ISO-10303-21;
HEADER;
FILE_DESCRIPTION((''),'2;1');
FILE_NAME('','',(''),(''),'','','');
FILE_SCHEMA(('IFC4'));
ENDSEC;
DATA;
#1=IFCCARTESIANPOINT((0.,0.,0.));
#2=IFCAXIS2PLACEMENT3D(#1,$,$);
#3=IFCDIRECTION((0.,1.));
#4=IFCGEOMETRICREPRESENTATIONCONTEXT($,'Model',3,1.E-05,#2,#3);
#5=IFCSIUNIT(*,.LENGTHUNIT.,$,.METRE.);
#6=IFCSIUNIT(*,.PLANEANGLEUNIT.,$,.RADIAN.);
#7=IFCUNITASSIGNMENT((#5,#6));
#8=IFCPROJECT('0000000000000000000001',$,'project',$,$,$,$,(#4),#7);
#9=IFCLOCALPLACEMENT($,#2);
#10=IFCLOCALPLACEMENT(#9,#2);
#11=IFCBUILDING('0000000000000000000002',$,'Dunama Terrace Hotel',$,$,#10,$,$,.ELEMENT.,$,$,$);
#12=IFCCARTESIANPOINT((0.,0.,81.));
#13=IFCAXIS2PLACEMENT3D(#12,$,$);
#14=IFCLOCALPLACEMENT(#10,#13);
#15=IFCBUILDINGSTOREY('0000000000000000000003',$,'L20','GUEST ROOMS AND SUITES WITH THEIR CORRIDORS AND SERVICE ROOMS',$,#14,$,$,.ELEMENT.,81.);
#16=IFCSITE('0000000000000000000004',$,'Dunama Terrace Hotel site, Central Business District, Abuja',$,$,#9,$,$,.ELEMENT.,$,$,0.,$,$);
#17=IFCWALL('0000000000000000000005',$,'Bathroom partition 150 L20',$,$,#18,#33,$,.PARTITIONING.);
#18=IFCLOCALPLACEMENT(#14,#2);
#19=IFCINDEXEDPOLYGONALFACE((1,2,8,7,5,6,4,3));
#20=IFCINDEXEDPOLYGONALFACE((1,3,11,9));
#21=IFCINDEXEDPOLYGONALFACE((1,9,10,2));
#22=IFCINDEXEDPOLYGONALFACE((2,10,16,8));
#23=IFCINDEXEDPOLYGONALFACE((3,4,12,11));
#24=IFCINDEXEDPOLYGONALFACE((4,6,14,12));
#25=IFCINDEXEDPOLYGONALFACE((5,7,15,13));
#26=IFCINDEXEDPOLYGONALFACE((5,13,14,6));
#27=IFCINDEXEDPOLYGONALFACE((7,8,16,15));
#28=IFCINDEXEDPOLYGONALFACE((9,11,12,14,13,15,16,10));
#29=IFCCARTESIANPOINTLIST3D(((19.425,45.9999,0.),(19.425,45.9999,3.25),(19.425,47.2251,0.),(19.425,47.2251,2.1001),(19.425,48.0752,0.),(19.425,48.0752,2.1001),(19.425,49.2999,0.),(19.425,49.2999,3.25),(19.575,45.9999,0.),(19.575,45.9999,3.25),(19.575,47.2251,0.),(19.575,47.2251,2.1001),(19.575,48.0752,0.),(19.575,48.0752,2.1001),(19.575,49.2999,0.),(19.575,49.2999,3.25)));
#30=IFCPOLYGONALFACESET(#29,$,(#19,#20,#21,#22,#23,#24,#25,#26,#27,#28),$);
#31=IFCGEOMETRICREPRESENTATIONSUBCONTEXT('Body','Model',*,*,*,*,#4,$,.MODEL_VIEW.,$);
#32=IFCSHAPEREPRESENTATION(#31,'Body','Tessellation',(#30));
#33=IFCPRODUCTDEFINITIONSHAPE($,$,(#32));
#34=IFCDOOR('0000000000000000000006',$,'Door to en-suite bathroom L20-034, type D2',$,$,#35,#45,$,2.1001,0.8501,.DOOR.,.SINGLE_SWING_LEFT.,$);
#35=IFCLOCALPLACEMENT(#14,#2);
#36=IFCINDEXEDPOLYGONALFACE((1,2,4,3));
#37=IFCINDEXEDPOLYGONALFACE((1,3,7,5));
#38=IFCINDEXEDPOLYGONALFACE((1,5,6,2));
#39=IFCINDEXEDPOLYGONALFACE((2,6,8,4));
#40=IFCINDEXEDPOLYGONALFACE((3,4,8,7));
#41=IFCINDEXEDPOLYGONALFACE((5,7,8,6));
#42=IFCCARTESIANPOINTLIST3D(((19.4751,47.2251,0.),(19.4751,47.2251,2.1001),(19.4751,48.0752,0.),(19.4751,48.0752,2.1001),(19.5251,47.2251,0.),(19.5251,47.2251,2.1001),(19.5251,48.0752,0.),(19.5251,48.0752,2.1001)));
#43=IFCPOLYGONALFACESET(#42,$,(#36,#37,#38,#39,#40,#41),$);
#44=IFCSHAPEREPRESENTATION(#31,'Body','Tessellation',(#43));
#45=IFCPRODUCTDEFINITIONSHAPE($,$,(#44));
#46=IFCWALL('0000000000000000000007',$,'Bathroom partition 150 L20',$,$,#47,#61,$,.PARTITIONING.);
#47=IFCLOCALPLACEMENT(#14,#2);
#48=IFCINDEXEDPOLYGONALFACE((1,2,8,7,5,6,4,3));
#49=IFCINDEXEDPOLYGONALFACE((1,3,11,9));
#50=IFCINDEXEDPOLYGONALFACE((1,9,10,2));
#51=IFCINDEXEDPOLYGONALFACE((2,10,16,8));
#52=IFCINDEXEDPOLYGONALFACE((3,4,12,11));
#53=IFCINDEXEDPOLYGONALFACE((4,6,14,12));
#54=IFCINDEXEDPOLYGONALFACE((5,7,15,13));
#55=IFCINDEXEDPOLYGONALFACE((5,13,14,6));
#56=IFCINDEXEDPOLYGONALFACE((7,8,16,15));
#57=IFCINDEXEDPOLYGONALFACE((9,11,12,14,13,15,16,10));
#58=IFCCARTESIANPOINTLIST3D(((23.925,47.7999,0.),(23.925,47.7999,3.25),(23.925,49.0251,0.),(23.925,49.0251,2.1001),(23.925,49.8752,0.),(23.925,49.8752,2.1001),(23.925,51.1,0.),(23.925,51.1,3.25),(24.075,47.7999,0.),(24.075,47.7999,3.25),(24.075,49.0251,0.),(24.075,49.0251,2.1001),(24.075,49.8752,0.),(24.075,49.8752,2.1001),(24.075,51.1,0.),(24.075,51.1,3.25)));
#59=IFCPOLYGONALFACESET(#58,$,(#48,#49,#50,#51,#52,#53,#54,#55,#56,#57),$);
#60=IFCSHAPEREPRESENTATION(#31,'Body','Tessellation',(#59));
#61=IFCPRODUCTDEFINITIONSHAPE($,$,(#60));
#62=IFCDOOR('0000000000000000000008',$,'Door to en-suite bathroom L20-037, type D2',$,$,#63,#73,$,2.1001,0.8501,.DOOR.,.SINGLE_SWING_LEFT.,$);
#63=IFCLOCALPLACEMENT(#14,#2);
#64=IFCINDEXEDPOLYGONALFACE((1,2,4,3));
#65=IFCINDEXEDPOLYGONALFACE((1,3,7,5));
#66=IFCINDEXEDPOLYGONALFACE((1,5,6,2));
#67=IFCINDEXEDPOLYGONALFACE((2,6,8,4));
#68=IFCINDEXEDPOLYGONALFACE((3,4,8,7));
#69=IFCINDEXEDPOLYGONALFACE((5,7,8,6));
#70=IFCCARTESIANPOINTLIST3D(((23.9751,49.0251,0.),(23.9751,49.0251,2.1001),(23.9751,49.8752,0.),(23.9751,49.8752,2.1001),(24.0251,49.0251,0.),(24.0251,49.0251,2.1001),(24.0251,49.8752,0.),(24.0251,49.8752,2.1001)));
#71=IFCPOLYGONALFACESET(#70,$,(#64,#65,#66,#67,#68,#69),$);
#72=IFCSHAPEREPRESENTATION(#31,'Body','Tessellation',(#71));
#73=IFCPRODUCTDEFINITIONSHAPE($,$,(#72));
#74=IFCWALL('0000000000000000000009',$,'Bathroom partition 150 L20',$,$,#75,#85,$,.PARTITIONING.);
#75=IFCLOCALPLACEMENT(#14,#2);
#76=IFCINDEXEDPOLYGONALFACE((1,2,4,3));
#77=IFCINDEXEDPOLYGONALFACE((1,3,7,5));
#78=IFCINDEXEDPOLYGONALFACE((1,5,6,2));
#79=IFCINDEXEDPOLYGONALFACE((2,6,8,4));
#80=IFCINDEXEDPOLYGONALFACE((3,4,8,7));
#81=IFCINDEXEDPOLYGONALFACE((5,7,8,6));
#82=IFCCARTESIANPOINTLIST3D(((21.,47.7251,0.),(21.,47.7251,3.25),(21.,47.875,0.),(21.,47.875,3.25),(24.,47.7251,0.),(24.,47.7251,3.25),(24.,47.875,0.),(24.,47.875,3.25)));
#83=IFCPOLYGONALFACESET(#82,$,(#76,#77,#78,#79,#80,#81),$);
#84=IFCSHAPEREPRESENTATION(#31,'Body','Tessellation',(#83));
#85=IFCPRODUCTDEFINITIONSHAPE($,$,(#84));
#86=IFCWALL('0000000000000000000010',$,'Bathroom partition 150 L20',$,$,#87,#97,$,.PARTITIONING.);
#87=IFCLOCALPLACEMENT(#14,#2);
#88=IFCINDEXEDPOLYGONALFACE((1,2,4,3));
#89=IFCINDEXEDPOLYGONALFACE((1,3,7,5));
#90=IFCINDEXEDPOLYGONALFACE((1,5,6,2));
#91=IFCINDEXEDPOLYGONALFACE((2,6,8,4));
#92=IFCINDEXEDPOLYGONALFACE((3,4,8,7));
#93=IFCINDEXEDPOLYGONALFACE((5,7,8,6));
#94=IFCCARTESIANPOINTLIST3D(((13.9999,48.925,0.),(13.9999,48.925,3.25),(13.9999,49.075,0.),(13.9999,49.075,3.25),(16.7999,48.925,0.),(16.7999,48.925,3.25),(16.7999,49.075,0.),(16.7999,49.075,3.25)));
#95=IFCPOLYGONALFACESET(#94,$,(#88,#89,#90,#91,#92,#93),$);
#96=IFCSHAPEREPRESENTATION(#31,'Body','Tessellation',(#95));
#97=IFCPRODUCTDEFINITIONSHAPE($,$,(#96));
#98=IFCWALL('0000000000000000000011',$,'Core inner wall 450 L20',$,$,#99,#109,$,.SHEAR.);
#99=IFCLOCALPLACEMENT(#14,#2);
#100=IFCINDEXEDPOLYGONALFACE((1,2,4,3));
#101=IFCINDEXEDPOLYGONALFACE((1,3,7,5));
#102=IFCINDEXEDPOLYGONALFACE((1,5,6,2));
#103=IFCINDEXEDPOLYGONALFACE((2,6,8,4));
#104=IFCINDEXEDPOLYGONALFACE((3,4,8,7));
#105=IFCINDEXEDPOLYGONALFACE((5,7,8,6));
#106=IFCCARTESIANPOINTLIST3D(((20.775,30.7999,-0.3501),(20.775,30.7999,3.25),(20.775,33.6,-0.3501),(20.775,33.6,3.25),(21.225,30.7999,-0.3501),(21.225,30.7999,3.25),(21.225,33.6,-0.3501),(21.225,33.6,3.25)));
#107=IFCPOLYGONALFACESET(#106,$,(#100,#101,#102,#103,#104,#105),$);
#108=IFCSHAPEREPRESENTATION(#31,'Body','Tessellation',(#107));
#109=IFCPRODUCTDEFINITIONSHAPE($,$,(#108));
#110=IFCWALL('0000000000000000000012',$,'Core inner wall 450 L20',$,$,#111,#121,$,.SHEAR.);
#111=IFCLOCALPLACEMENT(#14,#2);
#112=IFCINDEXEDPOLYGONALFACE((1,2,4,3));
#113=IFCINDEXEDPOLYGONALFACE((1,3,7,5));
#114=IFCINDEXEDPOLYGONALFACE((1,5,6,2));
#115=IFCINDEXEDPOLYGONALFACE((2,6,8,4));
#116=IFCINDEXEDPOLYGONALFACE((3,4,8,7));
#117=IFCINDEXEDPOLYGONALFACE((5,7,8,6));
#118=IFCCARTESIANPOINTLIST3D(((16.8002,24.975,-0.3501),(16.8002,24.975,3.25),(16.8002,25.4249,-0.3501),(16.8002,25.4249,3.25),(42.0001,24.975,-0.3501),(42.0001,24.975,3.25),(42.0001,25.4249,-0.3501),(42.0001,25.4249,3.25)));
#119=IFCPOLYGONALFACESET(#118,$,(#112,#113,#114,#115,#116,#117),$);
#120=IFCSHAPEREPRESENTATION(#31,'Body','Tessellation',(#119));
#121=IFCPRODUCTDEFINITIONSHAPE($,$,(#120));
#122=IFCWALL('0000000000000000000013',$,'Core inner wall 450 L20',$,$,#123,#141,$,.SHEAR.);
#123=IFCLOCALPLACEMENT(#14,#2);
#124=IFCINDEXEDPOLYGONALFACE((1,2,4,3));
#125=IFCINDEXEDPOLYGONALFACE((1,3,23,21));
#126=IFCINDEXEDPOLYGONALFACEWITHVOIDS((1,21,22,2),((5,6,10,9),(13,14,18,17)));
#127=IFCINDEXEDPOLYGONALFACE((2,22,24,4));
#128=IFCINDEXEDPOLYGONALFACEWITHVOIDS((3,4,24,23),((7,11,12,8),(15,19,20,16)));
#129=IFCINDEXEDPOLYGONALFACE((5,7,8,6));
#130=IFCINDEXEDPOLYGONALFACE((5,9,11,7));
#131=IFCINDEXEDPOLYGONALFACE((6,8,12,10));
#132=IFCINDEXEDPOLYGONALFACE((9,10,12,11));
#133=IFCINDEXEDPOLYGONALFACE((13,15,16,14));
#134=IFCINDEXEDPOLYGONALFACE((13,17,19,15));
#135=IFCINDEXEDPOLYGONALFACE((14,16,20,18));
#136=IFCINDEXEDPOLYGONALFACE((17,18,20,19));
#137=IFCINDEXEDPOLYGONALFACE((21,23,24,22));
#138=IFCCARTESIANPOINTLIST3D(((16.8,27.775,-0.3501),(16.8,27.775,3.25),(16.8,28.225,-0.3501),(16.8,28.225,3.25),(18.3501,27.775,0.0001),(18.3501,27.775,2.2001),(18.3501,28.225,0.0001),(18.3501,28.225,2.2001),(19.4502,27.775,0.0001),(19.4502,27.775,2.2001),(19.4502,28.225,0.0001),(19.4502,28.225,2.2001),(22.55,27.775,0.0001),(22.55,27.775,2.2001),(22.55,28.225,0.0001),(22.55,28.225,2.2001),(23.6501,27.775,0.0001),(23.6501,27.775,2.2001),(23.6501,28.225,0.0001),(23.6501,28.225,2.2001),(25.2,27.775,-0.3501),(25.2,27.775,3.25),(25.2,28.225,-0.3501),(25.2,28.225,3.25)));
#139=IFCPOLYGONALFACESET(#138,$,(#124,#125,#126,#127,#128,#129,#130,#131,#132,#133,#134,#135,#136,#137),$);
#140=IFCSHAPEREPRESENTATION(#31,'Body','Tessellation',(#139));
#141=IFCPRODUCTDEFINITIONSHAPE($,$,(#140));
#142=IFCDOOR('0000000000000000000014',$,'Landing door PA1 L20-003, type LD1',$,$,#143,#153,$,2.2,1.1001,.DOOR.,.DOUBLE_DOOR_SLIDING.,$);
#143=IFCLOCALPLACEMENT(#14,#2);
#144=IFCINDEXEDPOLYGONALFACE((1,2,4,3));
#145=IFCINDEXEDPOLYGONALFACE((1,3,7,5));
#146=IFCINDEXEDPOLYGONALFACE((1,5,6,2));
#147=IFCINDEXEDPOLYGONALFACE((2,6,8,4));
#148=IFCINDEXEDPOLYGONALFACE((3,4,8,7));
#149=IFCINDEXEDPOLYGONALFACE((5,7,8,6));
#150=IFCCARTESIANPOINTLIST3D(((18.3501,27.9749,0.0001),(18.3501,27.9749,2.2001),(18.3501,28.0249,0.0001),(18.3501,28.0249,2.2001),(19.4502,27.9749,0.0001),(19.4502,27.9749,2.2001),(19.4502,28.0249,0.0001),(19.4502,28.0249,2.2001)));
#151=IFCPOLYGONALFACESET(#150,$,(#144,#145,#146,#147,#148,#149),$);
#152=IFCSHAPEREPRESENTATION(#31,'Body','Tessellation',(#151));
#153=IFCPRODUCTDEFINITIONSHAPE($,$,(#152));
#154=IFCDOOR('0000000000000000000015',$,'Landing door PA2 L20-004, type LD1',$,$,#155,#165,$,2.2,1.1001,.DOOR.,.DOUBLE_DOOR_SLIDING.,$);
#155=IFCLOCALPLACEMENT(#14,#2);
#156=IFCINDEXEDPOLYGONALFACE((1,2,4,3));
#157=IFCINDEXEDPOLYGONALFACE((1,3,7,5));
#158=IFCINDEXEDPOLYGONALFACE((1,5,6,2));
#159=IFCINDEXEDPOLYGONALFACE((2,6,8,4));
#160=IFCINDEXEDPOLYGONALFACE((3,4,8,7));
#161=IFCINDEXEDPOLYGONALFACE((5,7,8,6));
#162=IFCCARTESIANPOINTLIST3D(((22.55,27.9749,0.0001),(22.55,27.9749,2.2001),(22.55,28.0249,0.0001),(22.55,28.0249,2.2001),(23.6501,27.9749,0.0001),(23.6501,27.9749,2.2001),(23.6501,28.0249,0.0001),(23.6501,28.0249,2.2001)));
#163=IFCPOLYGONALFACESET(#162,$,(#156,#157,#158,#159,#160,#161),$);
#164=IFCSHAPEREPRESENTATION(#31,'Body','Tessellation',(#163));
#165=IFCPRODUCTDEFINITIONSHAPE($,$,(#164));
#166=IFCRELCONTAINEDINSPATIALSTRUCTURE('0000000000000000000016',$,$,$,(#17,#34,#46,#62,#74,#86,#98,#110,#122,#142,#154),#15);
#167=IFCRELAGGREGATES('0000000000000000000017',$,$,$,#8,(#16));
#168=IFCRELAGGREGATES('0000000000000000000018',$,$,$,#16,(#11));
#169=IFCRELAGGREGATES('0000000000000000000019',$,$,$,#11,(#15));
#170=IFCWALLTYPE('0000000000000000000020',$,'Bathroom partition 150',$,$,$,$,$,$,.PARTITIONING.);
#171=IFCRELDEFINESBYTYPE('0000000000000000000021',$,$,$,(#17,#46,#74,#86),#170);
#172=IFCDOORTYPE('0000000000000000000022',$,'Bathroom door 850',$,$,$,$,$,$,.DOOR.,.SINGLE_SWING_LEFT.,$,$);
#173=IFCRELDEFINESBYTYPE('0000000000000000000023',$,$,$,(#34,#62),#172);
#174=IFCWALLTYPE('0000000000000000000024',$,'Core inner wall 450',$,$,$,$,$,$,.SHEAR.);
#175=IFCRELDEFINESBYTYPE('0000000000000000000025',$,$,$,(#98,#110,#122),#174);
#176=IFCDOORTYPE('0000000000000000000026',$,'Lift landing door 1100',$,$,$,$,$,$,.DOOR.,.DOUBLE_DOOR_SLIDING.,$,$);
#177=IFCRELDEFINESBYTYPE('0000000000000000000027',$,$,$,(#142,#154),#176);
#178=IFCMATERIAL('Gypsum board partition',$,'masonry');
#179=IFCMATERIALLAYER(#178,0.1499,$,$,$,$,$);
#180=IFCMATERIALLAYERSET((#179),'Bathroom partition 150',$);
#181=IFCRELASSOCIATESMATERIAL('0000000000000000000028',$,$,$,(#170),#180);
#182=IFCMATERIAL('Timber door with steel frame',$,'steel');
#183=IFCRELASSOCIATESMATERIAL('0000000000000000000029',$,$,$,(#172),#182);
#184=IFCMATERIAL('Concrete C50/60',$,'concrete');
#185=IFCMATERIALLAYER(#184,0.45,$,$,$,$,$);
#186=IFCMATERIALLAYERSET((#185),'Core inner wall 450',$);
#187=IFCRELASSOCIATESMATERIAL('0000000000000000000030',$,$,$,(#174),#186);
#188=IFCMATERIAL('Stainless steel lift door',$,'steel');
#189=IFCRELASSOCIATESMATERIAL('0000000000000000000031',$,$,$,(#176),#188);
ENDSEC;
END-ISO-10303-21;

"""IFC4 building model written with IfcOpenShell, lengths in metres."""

from ifc_helpers import new_model, si_unit, direction, frame, frame_2d, origin, place, context, subcontext, project, spatial, rectangle, extrude, material, layer, layer_set, type_object, element, fill, save


model = new_model("IFC4")

# Units and contexts
model_context = context("Model", 3, precision=1e-05, world=origin(), true_north=direction((0.0, 1.0)))
body_context = subcontext(model_context, "Body", "Model", "MODEL_VIEW")
ifc_project = project(units=[si_unit("LENGTHUNIT", "METRE"), si_unit("PLANEANGLEUNIT", "RADIAN")], contexts=[model_context])

# Site, building, storey
site_placement = place(None, origin())
site = spatial("IfcSite", under=ifc_project, at=site_placement, Name="Dunama Terrace Hotel site, Central Business District, Abuja", CompositionType="ELEMENT", RefElevation=0.0)
building_placement = place(site_placement, origin())
building = spatial("IfcBuilding", under=site, at=building_placement, Name="Dunama Terrace Hotel", CompositionType="ELEMENT")
storey_placement = place(building_placement, frame((0.0, 0.0, 81.0)))
storey = spatial("IfcBuildingStorey", under=building, at=storey_placement, Name="L20", Description="GUEST ROOMS AND SUITES WITH THEIR CORRIDORS AND SERVICE ROOMS", CompositionType="ELEMENT", Elevation=81.0)

# Walls, openings, doors
ifc_material_1 = material(Name="Gypsum board partition", Category="masonry")
ifc_layer_1 = layer(ifc_material_1, 0.1499)
ifc_layer_set_1 = layer_set([ifc_layer_1], Name="Bathroom partition 150")
wall_type_1 = type_object("IfcWallType", Name="Bathroom partition 150", PredefinedType="PARTITIONING", material=ifc_layer_set_1)
wall_1_placement = place(storey_placement, frame((19.5, 46.0, 0.0), z_axis=(0.0, 0.0, 1.0), x_axis=(0.0, 1.0, 0.0)))
wall_1 = element("IfcWall", 1, at=wall_1_placement, inside=storey, type_object=wall_type_1, Name="Bathroom partition 150 L20", PredefinedType="PARTITIONING", context=body_context, shape_type="SweptSolid", body=[
    extrude(rectangle(XDim=3.3, YDim=0.1499, at=frame_2d((1.6499, 0.0))), origin(), (0.0, 0.0, 1.0), 3.25),
])
opening_1_placement = place(wall_1_placement, frame((1.2251, 0.0, 0.0)))
opening_1 = element("IfcOpeningElement", 2, at=opening_1_placement, cuts=wall_1, PredefinedType="OPENING", context=body_context, shape_type="SweptSolid", body=[
    extrude(rectangle(XDim=0.8501, YDim=2.1001, at=frame_2d((0.425, 1.05))), frame((0.0, 0.085, 0.0), z_axis=(0.0, -1.0, 0.0), x_axis=(1.0, 0.0, 0.0)), (0.0, 0.0, 1.0), 0.1699),
])
ifc_material_2 = material(Name="Timber door with steel frame", Category="steel")
door_type_1 = type_object("IfcDoorType", Name="Bathroom door 850", OperationType="SINGLE_SWING_LEFT", PredefinedType="DOOR", material=ifc_material_2)
door_1_placement = place(opening_1_placement, origin())
door_1 = element("IfcDoor", 3, at=door_1_placement, inside=storey, type_object=door_type_1, Name="Door to en-suite bathroom L20-034, type D2", OperationType="SINGLE_SWING_LEFT", OverallHeight=2.1001, OverallWidth=0.8501, PredefinedType="DOOR", context=body_context, shape_type="SweptSolid", body=[
    extrude(rectangle(XDim=0.8501, YDim=2.1001, at=frame_2d((0.425, 1.05))), frame((0.0, 0.0249, 0.0), z_axis=(0.0, -1.0, 0.0), x_axis=(1.0, 0.0, 0.0)), (0.0, 0.0, 1.0), 0.05),
])
fill(opening_1, door_1)
wall_2_placement = place(storey_placement, frame((24.0, 47.8, 0.0), z_axis=(0.0, 0.0, 1.0), x_axis=(0.0, 1.0, 0.0)))
wall_2 = element("IfcWall", 4, at=wall_2_placement, inside=storey, type_object=wall_type_1, Name="Bathroom partition 150 L20", PredefinedType="PARTITIONING", context=body_context, shape_type="SweptSolid", body=[
    extrude(rectangle(XDim=3.3, YDim=0.1499, at=frame_2d((1.6499, 0.0))), origin(), (0.0, 0.0, 1.0), 3.25),
])
opening_2_placement = place(wall_2_placement, frame((1.2251, 0.0, 0.0)))
opening_2 = element("IfcOpeningElement", 5, at=opening_2_placement, cuts=wall_2, PredefinedType="OPENING", context=body_context, shape_type="SweptSolid", body=[
    extrude(rectangle(XDim=0.8501, YDim=2.1001, at=frame_2d((0.425, 1.05))), frame((0.0, 0.085, 0.0), z_axis=(0.0, -1.0, 0.0), x_axis=(1.0, 0.0, 0.0)), (0.0, 0.0, 1.0), 0.1699),
])
door_2_placement = place(opening_2_placement, origin())
door_2 = element("IfcDoor", 6, at=door_2_placement, inside=storey, type_object=door_type_1, Name="Door to en-suite bathroom L20-037, type D2", OperationType="SINGLE_SWING_LEFT", OverallHeight=2.1001, OverallWidth=0.8501, PredefinedType="DOOR", context=body_context, shape_type="SweptSolid", body=[
    extrude(rectangle(XDim=0.8501, YDim=2.1001, at=frame_2d((0.425, 1.05))), frame((0.0, 0.0249, 0.0), z_axis=(0.0, -1.0, 0.0), x_axis=(1.0, 0.0, 0.0)), (0.0, 0.0, 1.0), 0.05),
])
fill(opening_2, door_2)

# Walls
wall_3_placement = place(storey_placement, frame((21.0, 47.8, 0.0), z_axis=(0.0, 0.0, 1.0), x_axis=(1.0, 0.0, 0.0)))
element("IfcWall", 7, at=wall_3_placement, inside=storey, type_object=wall_type_1, Name="Bathroom partition 150 L20", PredefinedType="PARTITIONING", context=body_context, shape_type="SweptSolid", body=[
    extrude(rectangle(XDim=3.0, YDim=0.1499, at=frame_2d((1.5, 0.0))), origin(), (0.0, 0.0, 1.0), 3.25),
])
wall_4_placement = place(storey_placement, frame((14.0, 49.0, 0.0), z_axis=(0.0, 0.0, 1.0), x_axis=(1.0, 0.0, 0.0)))
element("IfcWall", 8, at=wall_4_placement, inside=storey, type_object=wall_type_1, Name="Bathroom partition 150 L20", PredefinedType="PARTITIONING", context=body_context, shape_type="SweptSolid", body=[
    extrude(rectangle(XDim=2.8, YDim=0.1499, at=frame_2d((1.3999, 0.0))), origin(), (0.0, 0.0, 1.0), 3.25),
])
ifc_material_3 = material(Name="Concrete C50/60", Category="concrete")
ifc_layer_2 = layer(ifc_material_3, 0.45)
ifc_layer_set_2 = layer_set([ifc_layer_2], Name="Core inner wall 450")
wall_type_2 = type_object("IfcWallType", Name="Core inner wall 450", PredefinedType="SHEAR", material=ifc_layer_set_2)
wall_5_placement = place(storey_placement, frame((21.0, 30.8, -0.3501), z_axis=(0.0, 0.0, 1.0), x_axis=(0.0, 1.0, 0.0)))
element("IfcWall", 9, at=wall_5_placement, inside=storey, type_object=wall_type_2, Name="Core inner wall 450 L20", PredefinedType="SHEAR", context=body_context, shape_type="SweptSolid", body=[
    extrude(rectangle(XDim=2.8, YDim=0.45, at=frame_2d((1.3999, 0.0))), origin(), (0.0, 0.0, 1.0), 3.6001),
])
wall_6_placement = place(storey_placement, frame((16.8, 25.2, -0.3501), z_axis=(0.0, 0.0, 1.0), x_axis=(1.0, 0.0, 0.0)))
element("IfcWall", 10, at=wall_6_placement, inside=storey, type_object=wall_type_2, Name="Core inner wall 450 L20", PredefinedType="SHEAR", context=body_context, shape_type="SweptSolid", body=[
    extrude(rectangle(XDim=25.2, YDim=0.45, at=frame_2d((12.6001, 0.0))), origin(), (0.0, 0.0, 1.0), 3.6001),
])

# Wall, openings, doors
wall_7_placement = place(storey_placement, frame((16.8, 28.0, -0.3501), z_axis=(0.0, 0.0, 1.0), x_axis=(1.0, 0.0, 0.0)))
wall_7 = element("IfcWall", 11, at=wall_7_placement, inside=storey, type_object=wall_type_2, Name="Core inner wall 450 L20", PredefinedType="SHEAR", context=body_context, shape_type="SweptSolid", body=[
    extrude(rectangle(XDim=8.3999, YDim=0.45, at=frame_2d((4.2, 0.0))), origin(), (0.0, 0.0, 1.0), 3.6001),
])
opening_3_placement = place(wall_7_placement, frame((1.55, 0.0, 0.3501)))
opening_3 = element("IfcOpeningElement", 12, at=opening_3_placement, cuts=wall_7, PredefinedType="OPENING", context=body_context, shape_type="SweptSolid", body=[
    extrude(rectangle(XDim=1.1001, YDim=2.2, at=frame_2d((0.55, 1.1001))), frame((0.0, 0.2349, 0.0), z_axis=(0.0, -1.0, 0.0), x_axis=(1.0, 0.0, 0.0)), (0.0, 0.0, 1.0), 0.47),
])
opening_4_placement = place(wall_7_placement, frame((5.75, 0.0, 0.3501)))
opening_4 = element("IfcOpeningElement", 13, at=opening_4_placement, cuts=wall_7, PredefinedType="OPENING", context=body_context, shape_type="SweptSolid", body=[
    extrude(rectangle(XDim=1.1001, YDim=2.2, at=frame_2d((0.55, 1.1001))), frame((0.0, 0.2349, 0.0), z_axis=(0.0, -1.0, 0.0), x_axis=(1.0, 0.0, 0.0)), (0.0, 0.0, 1.0), 0.47),
])
ifc_material_4 = material(Name="Stainless steel lift door", Category="steel")
door_type_2 = type_object("IfcDoorType", Name="Lift landing door 1100", OperationType="DOUBLE_DOOR_SLIDING", PredefinedType="DOOR", material=ifc_material_4)
door_3_placement = place(opening_3_placement, origin())
door_3 = element("IfcDoor", 14, at=door_3_placement, inside=storey, type_object=door_type_2, Name="Landing door PA1 L20-003, type LD1", OperationType="DOUBLE_DOOR_SLIDING", OverallHeight=2.2, OverallWidth=1.1001, PredefinedType="DOOR", context=body_context, shape_type="SweptSolid", body=[
    extrude(rectangle(XDim=1.1001, YDim=2.2, at=frame_2d((0.55, 1.1001))), frame((0.0, 0.0249, 0.0), z_axis=(0.0, -1.0, 0.0), x_axis=(1.0, 0.0, 0.0)), (0.0, 0.0, 1.0), 0.05),
])
fill(opening_3, door_3)
door_4_placement = place(opening_4_placement, origin())
door_4 = element("IfcDoor", 15, at=door_4_placement, inside=storey, type_object=door_type_2, Name="Landing door PA2 L20-004, type LD1", OperationType="DOUBLE_DOOR_SLIDING", OverallHeight=2.2, OverallWidth=1.1001, PredefinedType="DOOR", context=body_context, shape_type="SweptSolid", body=[
    extrude(rectangle(XDim=1.1001, YDim=2.2, at=frame_2d((0.55, 1.1001))), frame((0.0, 0.0249, 0.0), z_axis=(0.0, -1.0, 0.0), x_axis=(1.0, 0.0, 0.0)), (0.0, 0.0, 1.0), 0.05),
])
fill(opening_4, door_4)

save(model, "model.ifc")
